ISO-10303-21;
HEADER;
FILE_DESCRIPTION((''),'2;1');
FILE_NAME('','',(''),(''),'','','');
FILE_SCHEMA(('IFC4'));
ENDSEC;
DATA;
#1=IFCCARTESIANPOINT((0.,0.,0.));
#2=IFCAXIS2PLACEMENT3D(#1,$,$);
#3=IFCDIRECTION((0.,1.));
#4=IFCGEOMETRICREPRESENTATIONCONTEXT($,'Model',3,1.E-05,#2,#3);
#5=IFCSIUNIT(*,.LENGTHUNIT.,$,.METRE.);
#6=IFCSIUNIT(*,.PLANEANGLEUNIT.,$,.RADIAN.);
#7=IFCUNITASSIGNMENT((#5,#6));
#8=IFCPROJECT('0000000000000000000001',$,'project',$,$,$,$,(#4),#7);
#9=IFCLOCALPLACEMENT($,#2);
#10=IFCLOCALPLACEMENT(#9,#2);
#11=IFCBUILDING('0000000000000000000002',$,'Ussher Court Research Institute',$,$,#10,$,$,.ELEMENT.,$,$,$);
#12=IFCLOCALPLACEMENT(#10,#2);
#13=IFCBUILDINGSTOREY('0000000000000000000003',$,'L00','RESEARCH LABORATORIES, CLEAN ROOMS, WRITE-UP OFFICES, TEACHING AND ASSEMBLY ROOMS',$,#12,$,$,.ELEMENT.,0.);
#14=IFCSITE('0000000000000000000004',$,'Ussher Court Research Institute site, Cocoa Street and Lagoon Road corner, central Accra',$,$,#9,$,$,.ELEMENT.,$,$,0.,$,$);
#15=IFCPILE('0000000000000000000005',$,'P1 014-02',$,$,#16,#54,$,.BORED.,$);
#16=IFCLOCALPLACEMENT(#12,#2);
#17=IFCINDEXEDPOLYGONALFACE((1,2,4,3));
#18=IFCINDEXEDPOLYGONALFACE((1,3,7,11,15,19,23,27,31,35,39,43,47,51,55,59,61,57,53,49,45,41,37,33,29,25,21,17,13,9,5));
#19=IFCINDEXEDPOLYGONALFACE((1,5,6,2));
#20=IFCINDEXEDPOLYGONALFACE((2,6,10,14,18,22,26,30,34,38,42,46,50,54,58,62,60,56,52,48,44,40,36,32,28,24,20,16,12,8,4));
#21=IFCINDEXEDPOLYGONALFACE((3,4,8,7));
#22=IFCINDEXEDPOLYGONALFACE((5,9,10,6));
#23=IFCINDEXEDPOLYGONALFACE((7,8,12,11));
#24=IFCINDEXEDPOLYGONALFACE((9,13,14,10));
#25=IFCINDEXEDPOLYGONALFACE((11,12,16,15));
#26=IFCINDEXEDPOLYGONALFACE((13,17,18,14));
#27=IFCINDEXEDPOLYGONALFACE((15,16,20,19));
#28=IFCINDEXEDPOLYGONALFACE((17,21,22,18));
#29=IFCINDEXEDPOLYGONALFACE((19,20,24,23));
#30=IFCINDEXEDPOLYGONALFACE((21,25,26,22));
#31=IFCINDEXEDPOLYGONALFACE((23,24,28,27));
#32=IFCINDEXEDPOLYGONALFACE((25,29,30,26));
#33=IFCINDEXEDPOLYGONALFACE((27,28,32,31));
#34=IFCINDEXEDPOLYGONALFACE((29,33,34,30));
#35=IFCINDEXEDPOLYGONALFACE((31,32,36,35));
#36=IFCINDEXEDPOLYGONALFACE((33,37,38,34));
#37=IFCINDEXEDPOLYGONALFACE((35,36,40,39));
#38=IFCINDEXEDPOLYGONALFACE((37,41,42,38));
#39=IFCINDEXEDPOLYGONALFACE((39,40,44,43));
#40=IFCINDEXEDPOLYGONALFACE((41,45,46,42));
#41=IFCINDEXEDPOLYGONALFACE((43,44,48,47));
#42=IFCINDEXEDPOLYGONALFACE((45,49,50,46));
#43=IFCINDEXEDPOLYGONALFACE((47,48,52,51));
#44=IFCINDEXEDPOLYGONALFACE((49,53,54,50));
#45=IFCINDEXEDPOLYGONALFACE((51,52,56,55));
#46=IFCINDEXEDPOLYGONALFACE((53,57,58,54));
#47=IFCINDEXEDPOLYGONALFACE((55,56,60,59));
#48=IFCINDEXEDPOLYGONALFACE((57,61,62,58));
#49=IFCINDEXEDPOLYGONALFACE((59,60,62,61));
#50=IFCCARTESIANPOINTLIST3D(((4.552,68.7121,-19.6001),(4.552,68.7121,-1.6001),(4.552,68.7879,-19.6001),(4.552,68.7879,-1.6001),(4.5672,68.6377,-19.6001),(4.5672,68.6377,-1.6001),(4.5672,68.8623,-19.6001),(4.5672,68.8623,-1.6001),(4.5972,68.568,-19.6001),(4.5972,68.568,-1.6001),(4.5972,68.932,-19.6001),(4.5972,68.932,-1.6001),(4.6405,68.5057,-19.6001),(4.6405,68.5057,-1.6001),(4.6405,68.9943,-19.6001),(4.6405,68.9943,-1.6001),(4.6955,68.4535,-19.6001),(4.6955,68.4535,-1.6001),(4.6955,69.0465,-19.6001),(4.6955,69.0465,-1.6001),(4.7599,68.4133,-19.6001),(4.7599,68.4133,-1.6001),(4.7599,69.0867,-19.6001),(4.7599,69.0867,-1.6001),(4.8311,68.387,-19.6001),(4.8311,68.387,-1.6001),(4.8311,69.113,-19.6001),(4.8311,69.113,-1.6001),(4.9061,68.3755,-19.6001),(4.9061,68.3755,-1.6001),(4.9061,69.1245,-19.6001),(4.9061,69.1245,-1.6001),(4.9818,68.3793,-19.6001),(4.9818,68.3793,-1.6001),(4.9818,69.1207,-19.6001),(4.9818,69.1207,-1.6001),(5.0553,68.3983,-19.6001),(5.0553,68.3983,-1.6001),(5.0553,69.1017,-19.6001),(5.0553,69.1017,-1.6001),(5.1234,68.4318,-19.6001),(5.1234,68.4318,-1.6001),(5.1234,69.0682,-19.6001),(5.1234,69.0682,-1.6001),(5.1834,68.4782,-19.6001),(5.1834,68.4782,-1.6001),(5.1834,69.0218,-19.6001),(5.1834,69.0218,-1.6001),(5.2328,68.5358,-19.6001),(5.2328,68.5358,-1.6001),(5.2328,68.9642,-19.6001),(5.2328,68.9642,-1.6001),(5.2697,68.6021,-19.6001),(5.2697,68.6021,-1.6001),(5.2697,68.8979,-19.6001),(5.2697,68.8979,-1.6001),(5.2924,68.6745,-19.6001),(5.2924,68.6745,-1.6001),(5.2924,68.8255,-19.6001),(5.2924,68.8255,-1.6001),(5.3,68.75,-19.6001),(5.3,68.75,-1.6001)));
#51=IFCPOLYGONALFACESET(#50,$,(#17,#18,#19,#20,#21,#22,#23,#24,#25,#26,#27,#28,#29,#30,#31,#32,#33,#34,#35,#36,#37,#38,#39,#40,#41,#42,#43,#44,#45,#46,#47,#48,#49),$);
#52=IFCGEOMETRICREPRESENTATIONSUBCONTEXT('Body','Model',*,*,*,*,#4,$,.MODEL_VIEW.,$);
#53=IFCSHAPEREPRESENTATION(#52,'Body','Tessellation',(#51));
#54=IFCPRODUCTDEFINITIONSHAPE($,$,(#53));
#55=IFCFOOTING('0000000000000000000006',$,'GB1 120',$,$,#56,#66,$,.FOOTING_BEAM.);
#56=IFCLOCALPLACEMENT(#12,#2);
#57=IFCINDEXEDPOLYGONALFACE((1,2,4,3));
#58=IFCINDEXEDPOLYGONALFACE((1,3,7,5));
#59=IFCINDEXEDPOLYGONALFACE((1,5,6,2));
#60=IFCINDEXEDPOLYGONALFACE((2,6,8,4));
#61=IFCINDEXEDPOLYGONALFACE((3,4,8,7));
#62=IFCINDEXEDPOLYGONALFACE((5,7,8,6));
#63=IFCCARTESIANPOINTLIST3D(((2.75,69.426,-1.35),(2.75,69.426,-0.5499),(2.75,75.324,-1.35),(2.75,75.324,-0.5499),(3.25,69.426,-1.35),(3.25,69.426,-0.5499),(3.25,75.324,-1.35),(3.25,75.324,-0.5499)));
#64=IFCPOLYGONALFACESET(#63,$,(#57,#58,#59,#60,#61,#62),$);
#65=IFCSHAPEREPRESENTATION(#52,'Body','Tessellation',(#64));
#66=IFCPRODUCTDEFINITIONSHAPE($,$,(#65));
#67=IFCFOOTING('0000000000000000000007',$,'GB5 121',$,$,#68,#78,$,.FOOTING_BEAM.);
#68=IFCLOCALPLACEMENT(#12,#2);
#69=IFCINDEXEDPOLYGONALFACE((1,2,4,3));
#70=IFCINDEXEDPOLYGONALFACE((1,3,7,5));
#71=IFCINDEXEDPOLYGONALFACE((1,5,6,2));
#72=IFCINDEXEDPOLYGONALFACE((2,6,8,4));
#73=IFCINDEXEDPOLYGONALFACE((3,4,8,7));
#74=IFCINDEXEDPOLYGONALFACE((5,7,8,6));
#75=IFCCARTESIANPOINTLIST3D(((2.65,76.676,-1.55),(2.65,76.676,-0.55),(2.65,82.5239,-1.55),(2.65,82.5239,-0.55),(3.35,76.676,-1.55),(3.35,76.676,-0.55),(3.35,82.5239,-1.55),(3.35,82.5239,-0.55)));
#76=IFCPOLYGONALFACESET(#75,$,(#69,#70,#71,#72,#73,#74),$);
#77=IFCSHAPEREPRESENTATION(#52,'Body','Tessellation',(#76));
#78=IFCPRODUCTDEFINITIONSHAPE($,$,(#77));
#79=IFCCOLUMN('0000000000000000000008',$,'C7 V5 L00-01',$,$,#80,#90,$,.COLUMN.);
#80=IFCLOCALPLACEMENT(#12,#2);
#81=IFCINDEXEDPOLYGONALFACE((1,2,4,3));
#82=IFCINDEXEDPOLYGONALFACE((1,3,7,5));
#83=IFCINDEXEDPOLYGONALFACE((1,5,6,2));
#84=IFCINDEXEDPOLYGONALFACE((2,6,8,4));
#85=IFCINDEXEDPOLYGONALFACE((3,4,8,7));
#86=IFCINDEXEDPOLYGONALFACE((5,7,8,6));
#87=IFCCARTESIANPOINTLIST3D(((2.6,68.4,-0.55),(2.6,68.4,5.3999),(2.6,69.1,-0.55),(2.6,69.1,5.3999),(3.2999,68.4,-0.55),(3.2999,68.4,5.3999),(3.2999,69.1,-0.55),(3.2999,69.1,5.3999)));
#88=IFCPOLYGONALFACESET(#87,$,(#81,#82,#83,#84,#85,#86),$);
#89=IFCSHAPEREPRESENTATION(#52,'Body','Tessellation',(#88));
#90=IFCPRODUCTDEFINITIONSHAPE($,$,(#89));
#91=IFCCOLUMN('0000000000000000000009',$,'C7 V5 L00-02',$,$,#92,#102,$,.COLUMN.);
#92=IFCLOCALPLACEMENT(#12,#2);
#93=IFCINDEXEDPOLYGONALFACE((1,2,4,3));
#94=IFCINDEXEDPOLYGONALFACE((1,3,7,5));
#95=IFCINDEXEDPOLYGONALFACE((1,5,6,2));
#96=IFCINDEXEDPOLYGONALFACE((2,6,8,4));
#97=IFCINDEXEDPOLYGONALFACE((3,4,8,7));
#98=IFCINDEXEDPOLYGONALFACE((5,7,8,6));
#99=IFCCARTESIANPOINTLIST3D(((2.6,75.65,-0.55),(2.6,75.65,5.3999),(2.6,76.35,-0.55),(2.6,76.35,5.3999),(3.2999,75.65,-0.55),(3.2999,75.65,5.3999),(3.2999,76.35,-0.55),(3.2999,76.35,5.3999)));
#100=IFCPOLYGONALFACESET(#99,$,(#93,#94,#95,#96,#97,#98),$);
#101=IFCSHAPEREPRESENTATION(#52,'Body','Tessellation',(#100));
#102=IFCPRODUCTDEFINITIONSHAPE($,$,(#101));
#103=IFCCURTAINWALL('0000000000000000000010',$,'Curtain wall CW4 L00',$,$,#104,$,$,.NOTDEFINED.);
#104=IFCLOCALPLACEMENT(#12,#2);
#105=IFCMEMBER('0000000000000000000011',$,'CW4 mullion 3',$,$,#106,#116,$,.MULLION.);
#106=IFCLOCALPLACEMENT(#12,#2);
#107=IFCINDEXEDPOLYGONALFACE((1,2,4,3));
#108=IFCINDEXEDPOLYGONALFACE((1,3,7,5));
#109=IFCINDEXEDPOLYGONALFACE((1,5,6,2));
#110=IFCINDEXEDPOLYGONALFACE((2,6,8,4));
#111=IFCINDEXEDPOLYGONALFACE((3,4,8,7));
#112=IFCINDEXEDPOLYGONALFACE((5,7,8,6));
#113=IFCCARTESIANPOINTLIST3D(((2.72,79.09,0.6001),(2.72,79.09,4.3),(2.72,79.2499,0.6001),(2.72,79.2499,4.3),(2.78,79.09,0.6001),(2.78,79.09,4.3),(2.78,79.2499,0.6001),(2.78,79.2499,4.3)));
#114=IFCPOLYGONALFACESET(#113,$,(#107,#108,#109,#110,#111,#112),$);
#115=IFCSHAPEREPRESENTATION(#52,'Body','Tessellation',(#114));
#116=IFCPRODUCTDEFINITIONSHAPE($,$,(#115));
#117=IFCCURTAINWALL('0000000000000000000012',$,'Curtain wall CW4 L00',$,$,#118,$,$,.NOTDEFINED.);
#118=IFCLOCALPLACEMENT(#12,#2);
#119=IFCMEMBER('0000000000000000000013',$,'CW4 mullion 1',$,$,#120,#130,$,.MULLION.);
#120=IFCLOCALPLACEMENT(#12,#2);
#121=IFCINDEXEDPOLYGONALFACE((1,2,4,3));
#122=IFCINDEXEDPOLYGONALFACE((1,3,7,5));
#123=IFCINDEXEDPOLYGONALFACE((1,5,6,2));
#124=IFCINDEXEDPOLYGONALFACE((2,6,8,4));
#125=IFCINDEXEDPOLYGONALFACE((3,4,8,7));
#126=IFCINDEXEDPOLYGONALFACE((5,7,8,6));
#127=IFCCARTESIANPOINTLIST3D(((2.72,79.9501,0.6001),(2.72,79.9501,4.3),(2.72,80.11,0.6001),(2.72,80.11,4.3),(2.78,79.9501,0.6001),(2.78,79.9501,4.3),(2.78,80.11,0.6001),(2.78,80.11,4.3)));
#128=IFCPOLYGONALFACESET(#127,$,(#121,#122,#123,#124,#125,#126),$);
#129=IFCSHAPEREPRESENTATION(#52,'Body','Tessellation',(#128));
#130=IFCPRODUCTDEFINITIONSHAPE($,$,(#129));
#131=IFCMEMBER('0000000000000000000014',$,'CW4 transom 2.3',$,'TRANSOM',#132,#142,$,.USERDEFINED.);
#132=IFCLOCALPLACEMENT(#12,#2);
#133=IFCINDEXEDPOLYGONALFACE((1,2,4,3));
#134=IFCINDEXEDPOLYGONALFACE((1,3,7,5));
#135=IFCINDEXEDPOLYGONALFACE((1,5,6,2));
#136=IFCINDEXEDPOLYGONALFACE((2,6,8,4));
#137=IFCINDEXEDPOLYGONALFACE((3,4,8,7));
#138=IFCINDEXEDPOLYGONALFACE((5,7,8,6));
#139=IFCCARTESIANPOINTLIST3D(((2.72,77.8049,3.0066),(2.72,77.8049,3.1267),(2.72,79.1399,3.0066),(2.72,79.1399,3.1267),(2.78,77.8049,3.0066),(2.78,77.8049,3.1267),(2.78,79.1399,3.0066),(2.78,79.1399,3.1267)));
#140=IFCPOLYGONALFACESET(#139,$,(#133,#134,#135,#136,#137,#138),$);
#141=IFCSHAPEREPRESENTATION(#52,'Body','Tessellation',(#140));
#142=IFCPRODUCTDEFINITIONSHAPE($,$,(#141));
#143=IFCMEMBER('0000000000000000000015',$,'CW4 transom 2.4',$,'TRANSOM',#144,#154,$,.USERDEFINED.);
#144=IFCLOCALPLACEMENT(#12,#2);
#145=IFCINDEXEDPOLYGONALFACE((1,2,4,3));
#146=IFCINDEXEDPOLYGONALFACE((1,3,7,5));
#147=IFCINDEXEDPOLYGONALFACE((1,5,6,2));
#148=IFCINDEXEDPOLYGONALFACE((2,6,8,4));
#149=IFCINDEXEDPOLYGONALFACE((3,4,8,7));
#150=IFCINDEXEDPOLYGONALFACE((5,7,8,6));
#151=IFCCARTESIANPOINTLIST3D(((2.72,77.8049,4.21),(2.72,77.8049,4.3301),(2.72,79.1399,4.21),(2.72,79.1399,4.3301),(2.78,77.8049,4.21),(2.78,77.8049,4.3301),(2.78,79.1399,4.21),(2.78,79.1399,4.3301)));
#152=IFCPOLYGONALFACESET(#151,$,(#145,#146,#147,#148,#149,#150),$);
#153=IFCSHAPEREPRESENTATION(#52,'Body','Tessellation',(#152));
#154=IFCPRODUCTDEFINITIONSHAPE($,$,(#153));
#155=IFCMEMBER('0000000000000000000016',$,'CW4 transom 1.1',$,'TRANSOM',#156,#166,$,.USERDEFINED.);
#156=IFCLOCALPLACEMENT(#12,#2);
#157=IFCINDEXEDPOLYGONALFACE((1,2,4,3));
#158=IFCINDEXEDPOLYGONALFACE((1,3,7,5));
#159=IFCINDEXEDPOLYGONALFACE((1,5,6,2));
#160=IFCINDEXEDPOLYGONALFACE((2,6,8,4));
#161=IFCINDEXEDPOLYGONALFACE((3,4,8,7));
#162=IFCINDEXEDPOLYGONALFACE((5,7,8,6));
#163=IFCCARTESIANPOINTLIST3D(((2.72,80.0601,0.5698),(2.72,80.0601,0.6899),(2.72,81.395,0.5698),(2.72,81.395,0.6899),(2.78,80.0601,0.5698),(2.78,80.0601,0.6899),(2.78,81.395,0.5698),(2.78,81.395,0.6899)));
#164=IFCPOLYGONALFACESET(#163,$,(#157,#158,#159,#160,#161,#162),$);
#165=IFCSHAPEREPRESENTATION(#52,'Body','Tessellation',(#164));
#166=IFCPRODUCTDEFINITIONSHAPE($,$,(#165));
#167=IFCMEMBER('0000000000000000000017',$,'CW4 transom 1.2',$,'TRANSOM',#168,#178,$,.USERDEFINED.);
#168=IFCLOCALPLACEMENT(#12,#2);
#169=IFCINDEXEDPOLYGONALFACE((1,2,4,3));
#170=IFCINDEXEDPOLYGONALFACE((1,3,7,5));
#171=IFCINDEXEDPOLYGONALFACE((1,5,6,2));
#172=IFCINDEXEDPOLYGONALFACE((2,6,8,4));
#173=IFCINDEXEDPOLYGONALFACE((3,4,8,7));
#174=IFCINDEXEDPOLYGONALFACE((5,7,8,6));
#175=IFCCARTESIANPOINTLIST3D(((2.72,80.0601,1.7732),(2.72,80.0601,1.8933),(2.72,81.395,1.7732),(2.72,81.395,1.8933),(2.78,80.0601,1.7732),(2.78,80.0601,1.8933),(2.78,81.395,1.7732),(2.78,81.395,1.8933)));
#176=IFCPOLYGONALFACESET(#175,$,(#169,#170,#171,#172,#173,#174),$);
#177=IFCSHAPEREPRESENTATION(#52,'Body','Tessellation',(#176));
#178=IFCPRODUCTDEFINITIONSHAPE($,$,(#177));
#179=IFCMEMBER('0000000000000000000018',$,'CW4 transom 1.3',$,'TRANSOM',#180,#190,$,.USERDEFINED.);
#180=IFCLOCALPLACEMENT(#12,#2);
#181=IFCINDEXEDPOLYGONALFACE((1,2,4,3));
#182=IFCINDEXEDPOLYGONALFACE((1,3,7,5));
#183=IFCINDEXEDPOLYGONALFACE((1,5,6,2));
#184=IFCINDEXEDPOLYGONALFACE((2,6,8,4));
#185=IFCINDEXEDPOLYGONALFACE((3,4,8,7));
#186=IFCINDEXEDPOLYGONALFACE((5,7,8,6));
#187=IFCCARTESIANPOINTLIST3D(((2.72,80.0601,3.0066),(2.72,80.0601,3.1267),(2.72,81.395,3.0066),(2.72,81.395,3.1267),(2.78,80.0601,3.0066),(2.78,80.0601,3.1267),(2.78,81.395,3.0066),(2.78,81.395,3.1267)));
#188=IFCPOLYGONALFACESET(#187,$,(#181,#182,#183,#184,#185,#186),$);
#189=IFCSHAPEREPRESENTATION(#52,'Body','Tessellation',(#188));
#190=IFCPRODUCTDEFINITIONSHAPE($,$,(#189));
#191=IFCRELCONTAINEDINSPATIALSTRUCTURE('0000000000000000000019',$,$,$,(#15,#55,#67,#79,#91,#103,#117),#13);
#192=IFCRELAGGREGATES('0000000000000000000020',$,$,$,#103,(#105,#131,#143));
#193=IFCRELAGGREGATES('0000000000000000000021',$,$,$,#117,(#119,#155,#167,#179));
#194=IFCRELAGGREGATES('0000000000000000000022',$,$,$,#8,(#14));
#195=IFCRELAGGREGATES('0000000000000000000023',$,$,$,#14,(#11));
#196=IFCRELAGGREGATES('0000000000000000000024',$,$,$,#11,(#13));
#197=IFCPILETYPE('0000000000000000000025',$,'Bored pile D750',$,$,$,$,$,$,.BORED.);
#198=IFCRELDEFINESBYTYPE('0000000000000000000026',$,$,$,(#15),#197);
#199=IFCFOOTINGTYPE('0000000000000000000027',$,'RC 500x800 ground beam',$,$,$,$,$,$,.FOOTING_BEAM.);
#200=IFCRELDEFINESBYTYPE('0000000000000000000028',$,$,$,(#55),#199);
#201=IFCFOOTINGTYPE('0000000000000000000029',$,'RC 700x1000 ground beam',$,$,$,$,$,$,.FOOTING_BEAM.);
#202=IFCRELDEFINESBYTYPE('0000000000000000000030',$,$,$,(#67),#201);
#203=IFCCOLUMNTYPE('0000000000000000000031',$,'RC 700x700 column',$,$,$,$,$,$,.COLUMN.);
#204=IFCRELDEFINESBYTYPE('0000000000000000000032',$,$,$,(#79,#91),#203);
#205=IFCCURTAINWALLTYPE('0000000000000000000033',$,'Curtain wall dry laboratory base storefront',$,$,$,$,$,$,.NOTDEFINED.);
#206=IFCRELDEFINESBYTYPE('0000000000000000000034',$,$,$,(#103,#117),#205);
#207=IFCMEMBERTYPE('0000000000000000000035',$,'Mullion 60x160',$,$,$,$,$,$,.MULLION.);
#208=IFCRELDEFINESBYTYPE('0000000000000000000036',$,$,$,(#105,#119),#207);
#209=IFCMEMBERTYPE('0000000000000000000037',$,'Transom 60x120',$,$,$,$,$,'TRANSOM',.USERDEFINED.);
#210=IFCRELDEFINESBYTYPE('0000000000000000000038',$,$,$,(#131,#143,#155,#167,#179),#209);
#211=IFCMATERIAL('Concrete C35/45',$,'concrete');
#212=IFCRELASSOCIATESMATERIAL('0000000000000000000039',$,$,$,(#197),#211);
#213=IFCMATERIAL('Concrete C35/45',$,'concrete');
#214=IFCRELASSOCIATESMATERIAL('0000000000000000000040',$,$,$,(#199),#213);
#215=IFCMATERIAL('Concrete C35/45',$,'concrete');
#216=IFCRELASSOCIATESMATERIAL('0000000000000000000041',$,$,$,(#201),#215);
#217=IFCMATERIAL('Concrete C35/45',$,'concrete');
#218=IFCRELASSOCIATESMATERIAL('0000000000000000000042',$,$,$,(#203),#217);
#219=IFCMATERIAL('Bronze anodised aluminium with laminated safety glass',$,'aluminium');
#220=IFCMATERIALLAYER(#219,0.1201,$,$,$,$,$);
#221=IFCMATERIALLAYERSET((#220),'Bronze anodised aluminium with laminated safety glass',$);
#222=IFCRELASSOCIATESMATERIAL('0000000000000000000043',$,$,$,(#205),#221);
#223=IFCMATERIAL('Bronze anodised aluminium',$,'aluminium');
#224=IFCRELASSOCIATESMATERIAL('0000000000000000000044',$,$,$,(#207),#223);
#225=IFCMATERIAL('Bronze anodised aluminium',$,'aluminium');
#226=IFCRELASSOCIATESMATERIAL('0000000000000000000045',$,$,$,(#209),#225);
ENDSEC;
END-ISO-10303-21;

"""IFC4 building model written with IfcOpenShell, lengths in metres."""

from ifc_helpers import new_model, si_unit, direction, frame, origin, origin_2d, place, context, subcontext, project, spatial, rectangle, circle, extrude, material, layer, layer_set, material_profile, profile_set, type_object, element, aggregate, save


model = new_model("IFC4")

# Units and contexts
model_context = context("Model", 3, precision=1e-05, world=origin(), true_north=direction((0.0, 1.0)))
body_context = subcontext(model_context, "Body", "Model", "MODEL_VIEW")
ifc_project = project(units=[si_unit("LENGTHUNIT", "METRE"), si_unit("PLANEANGLEUNIT", "RADIAN")], contexts=[model_context])

# Site, building, storey
site_placement = place(None, origin())
site = spatial("IfcSite", under=ifc_project, at=site_placement, Name="Ussher Court Research Institute site, Cocoa Street and Lagoon Road corner, central Accra", CompositionType="ELEMENT", RefElevation=0.0)
building_placement = place(site_placement, origin())
building = spatial("IfcBuilding", under=site, at=building_placement, Name="Ussher Court Research Institute", CompositionType="ELEMENT")
storey_placement = place(building_placement, origin())
storey = spatial("IfcBuildingStorey", under=building, at=storey_placement, Name="L00", Description="RESEARCH LABORATORIES, CLEAN ROOMS, WRITE-UP OFFICES, TEACHING AND ASSEMBLY ROOMS", CompositionType="ELEMENT", Elevation=0.0)

# Pile
ifc_material_1 = material(Name="Concrete C35/45", Category="concrete")
ifc_material_profile_1 = material_profile(ifc_material_1, circle(Radius=0.375, at=origin_2d()), Name="RC D750")
ifc_profile_set_1 = profile_set([ifc_material_profile_1], Name="Concrete C35/45")
pile_type = type_object("IfcPileType", Name="Bored pile D750", PredefinedType="BORED", material=ifc_profile_set_1)
pile_placement = place(storey_placement, frame((4.925, 68.75, -1.6001), z_axis=(0.0, 0.0, -1.0), x_axis=(1.0, 0.0, 0.0)))
element("IfcPile", 1, at=pile_placement, inside=storey, type_object=pile_type, Name="P1 014-02", PredefinedType="BORED", context=body_context, shape_type="SweptSolid", body=[
    extrude(circle(Radius=0.375, at=origin_2d()), origin(), (0.0, 0.0, 1.0), 18.0),
])

# Footings
ifc_material_2 = material(Name="Concrete C35/45", Category="concrete")
ifc_material_profile_2 = material_profile(ifc_material_2, rectangle(XDim=0.5, YDim=0.8, at=origin_2d()), Name="RC 500x800")
ifc_profile_set_2 = profile_set([ifc_material_profile_2], Name="Concrete C35/45")
footing_type_1 = type_object("IfcFootingType", Name="RC 500x800 ground beam", PredefinedType="FOOTING_BEAM", material=ifc_profile_set_2)
footing_1_placement = place(storey_placement, frame((3.0, 69.426, -0.95), z_axis=(0.0, 1.0, 0.0), x_axis=(-1.0, 0.0, 0.0)))
element("IfcFooting", 2, at=footing_1_placement, inside=storey, type_object=footing_type_1, Name="GB1 120", PredefinedType="FOOTING_BEAM", context=body_context, shape_type="SweptSolid", body=[
    extrude(rectangle(XDim=0.5, YDim=0.8, at=origin_2d()), origin(), (0.0, 0.0, 1.0), 5.8979),
])
ifc_material_3 = material(Name="Concrete C35/45", Category="concrete")
ifc_material_profile_3 = material_profile(ifc_material_3, rectangle(XDim=0.7, YDim=1.0, at=origin_2d()), Name="RC 700x1000")
ifc_profile_set_3 = profile_set([ifc_material_profile_3], Name="Concrete C35/45")
footing_type_2 = type_object("IfcFootingType", Name="RC 700x1000 ground beam", PredefinedType="FOOTING_BEAM", material=ifc_profile_set_3)
footing_2_placement = place(storey_placement, frame((3.0, 76.676, -1.05), z_axis=(0.0, 1.0, 0.0), x_axis=(-1.0, 0.0, 0.0)))
element("IfcFooting", 3, at=footing_2_placement, inside=storey, type_object=footing_type_2, Name="GB5 121", PredefinedType="FOOTING_BEAM", context=body_context, shape_type="SweptSolid", body=[
    extrude(rectangle(XDim=0.7, YDim=1.0, at=origin_2d()), origin(), (0.0, 0.0, 1.0), 5.8479),
])

# Columns
ifc_material_4 = material(Name="Concrete C35/45", Category="concrete")
ifc_material_profile_4 = material_profile(ifc_material_4, rectangle(XDim=0.7, YDim=0.7, at=origin_2d()), Name="RC 700x700")
ifc_profile_set_4 = profile_set([ifc_material_profile_4], Name="Concrete C35/45")
column_type = type_object("IfcColumnType", Name="RC 700x700 column", PredefinedType="COLUMN", material=ifc_profile_set_4)
for number, where, z_axis, x_axis, name in (
    (4, (2.95, 68.75, -0.55), (0.0, 0.0, 1.0), (1.0, 0.0, 0.0), "C7 V5 L00-01"),
    (5, (2.95, 76.0, -0.55), (0.0, 0.0, 1.0), (1.0, 0.0, 0.0), "C7 V5 L00-02"),
):
    element("IfcColumn", number, at=place(storey_placement, frame(where, z_axis=z_axis, x_axis=x_axis)), inside=storey, type_object=column_type, Name=name, PredefinedType="COLUMN", context=body_context, shape_type="SweptSolid", body=[
        extrude(rectangle(XDim=0.7, YDim=0.7, at=origin_2d()), origin(), (0.0, 0.0, 1.0), 5.95),
    ])

# Curtain walls, members
ifc_material_5 = material(Name="Bronze anodised aluminium with laminated safety glass", Category="aluminium")
ifc_layer_1 = layer(ifc_material_5, 0.1201)
ifc_layer_set_1 = layer_set([ifc_layer_1], Name="Bronze anodised aluminium with laminated safety glass")
curtain_wall_type = type_object("IfcCurtainWallType", Name="Curtain wall dry laboratory base storefront", PredefinedType="NOTDEFINED", material=ifc_layer_set_1)
curtain_wall_1_placement = place(storey_placement, origin())
curtain_wall_1 = element("IfcCurtainWall", 6, at=curtain_wall_1_placement, inside=storey, type_object=curtain_wall_type, Name="Curtain wall CW4 L00", PredefinedType="NOTDEFINED")
ifc_material_6 = material(Name="Bronze anodised aluminium", Category="aluminium")
ifc_material_profile_5 = material_profile(ifc_material_6, rectangle(XDim=0.0601, YDim=0.1599, at=origin_2d()), Name="Mullion 60x160")
ifc_profile_set_5 = profile_set([ifc_material_profile_5], Name="Bronze anodised aluminium")
member_type_1 = type_object("IfcMemberType", Name="Mullion 60x160", PredefinedType="MULLION", material=ifc_profile_set_5)
member_1_placement = place(storey_placement, frame((2.75, 79.1699, 0.6001), z_axis=(0.0, 0.0, 1.0), x_axis=(-1.0, 0.0, 0.0)))
member_1 = element("IfcMember", 7, at=member_1_placement, type_object=member_type_1, Name="CW4 mullion 3", PredefinedType="MULLION", context=body_context, shape_type="SweptSolid", body=[
    extrude(rectangle(XDim=0.0601, YDim=0.1599, at=origin_2d()), origin(), (0.0, 0.0, 1.0), 3.7),
])
curtain_wall_2_placement = place(storey_placement, origin())
curtain_wall_2 = element("IfcCurtainWall", 8, at=curtain_wall_2_placement, inside=storey, type_object=curtain_wall_type, Name="Curtain wall CW4 L00", PredefinedType="NOTDEFINED")
member_2_placement = place(storey_placement, frame((2.75, 80.03, 0.6001), z_axis=(0.0, 0.0, 1.0), x_axis=(-1.0, 0.0, 0.0)))
member_2 = element("IfcMember", 9, at=member_2_placement, type_object=member_type_1, Name="CW4 mullion 1", PredefinedType="MULLION", context=body_context, shape_type="SweptSolid", body=[
    extrude(rectangle(XDim=0.0601, YDim=0.1599, at=origin_2d()), origin(), (0.0, 0.0, 1.0), 3.7),
])

# Members
ifc_material_7 = material(Name="Bronze anodised aluminium", Category="aluminium")
ifc_material_profile_6 = material_profile(ifc_material_7, rectangle(XDim=0.0601, YDim=0.1201, at=origin_2d()), Name="Transom 60x120")
ifc_profile_set_6 = profile_set([ifc_material_profile_6], Name="Bronze anodised aluminium")
member_type_2 = type_object("IfcMemberType", Name="Transom 60x120", ElementType="TRANSOM", PredefinedType="USERDEFINED", material=ifc_profile_set_6)
member_3_placement = place(storey_placement, frame((2.75, 77.8049, 3.0667), z_axis=(0.0, 1.0, 0.0), x_axis=(-1.0, 0.0, 0.0)))
member_3 = element("IfcMember", 10, at=member_3_placement, type_object=member_type_2, Name="CW4 transom 2.3", ObjectType="TRANSOM", PredefinedType="USERDEFINED", context=body_context, shape_type="SweptSolid", body=[
    extrude(rectangle(XDim=0.0601, YDim=0.1201, at=origin_2d()), origin(), (0.0, 0.0, 1.0), 1.335),
])
member_4_placement = place(storey_placement, frame((2.75, 77.8049, 4.27), z_axis=(0.0, 1.0, 0.0), x_axis=(-1.0, 0.0, 0.0)))
member_4 = element("IfcMember", 11, at=member_4_placement, type_object=member_type_2, Name="CW4 transom 2.4", ObjectType="TRANSOM", PredefinedType="USERDEFINED", context=body_context, shape_type="SweptSolid", body=[
    extrude(rectangle(XDim=0.0601, YDim=0.1201, at=origin_2d()), origin(), (0.0, 0.0, 1.0), 1.335),
])
member_5_placement = place(storey_placement, frame((2.75, 80.0601, 0.6299), z_axis=(0.0, 1.0, 0.0), x_axis=(-1.0, 0.0, 0.0)))
member_5 = element("IfcMember", 12, at=member_5_placement, type_object=member_type_2, Name="CW4 transom 1.1", ObjectType="TRANSOM", PredefinedType="USERDEFINED", context=body_context, shape_type="SweptSolid", body=[
    extrude(rectangle(XDim=0.0601, YDim=0.1201, at=origin_2d()), origin(), (0.0, 0.0, 1.0), 1.335),
])
member_6_placement = place(storey_placement, frame((2.75, 80.0601, 1.8333), z_axis=(0.0, 1.0, 0.0), x_axis=(-1.0, 0.0, 0.0)))
member_6 = element("IfcMember", 13, at=member_6_placement, type_object=member_type_2, Name="CW4 transom 1.2", ObjectType="TRANSOM", PredefinedType="USERDEFINED", context=body_context, shape_type="SweptSolid", body=[
    extrude(rectangle(XDim=0.0601, YDim=0.1201, at=origin_2d()), origin(), (0.0, 0.0, 1.0), 1.335),
])
member_7_placement = place(storey_placement, frame((2.75, 80.0601, 3.0667), z_axis=(0.0, 1.0, 0.0), x_axis=(-1.0, 0.0, 0.0)))
member_7 = element("IfcMember", 14, at=member_7_placement, type_object=member_type_2, Name="CW4 transom 1.3", ObjectType="TRANSOM", PredefinedType="USERDEFINED", context=body_context, shape_type="SweptSolid", body=[
    extrude(rectangle(XDim=0.0601, YDim=0.1201, at=origin_2d()), origin(), (0.0, 0.0, 1.0), 1.335),
])

aggregate(curtain_wall_1, [member_1, member_3, member_4])
aggregate(curtain_wall_2, [member_2, member_5, member_6, member_7])

save(model, "model.ifc")
